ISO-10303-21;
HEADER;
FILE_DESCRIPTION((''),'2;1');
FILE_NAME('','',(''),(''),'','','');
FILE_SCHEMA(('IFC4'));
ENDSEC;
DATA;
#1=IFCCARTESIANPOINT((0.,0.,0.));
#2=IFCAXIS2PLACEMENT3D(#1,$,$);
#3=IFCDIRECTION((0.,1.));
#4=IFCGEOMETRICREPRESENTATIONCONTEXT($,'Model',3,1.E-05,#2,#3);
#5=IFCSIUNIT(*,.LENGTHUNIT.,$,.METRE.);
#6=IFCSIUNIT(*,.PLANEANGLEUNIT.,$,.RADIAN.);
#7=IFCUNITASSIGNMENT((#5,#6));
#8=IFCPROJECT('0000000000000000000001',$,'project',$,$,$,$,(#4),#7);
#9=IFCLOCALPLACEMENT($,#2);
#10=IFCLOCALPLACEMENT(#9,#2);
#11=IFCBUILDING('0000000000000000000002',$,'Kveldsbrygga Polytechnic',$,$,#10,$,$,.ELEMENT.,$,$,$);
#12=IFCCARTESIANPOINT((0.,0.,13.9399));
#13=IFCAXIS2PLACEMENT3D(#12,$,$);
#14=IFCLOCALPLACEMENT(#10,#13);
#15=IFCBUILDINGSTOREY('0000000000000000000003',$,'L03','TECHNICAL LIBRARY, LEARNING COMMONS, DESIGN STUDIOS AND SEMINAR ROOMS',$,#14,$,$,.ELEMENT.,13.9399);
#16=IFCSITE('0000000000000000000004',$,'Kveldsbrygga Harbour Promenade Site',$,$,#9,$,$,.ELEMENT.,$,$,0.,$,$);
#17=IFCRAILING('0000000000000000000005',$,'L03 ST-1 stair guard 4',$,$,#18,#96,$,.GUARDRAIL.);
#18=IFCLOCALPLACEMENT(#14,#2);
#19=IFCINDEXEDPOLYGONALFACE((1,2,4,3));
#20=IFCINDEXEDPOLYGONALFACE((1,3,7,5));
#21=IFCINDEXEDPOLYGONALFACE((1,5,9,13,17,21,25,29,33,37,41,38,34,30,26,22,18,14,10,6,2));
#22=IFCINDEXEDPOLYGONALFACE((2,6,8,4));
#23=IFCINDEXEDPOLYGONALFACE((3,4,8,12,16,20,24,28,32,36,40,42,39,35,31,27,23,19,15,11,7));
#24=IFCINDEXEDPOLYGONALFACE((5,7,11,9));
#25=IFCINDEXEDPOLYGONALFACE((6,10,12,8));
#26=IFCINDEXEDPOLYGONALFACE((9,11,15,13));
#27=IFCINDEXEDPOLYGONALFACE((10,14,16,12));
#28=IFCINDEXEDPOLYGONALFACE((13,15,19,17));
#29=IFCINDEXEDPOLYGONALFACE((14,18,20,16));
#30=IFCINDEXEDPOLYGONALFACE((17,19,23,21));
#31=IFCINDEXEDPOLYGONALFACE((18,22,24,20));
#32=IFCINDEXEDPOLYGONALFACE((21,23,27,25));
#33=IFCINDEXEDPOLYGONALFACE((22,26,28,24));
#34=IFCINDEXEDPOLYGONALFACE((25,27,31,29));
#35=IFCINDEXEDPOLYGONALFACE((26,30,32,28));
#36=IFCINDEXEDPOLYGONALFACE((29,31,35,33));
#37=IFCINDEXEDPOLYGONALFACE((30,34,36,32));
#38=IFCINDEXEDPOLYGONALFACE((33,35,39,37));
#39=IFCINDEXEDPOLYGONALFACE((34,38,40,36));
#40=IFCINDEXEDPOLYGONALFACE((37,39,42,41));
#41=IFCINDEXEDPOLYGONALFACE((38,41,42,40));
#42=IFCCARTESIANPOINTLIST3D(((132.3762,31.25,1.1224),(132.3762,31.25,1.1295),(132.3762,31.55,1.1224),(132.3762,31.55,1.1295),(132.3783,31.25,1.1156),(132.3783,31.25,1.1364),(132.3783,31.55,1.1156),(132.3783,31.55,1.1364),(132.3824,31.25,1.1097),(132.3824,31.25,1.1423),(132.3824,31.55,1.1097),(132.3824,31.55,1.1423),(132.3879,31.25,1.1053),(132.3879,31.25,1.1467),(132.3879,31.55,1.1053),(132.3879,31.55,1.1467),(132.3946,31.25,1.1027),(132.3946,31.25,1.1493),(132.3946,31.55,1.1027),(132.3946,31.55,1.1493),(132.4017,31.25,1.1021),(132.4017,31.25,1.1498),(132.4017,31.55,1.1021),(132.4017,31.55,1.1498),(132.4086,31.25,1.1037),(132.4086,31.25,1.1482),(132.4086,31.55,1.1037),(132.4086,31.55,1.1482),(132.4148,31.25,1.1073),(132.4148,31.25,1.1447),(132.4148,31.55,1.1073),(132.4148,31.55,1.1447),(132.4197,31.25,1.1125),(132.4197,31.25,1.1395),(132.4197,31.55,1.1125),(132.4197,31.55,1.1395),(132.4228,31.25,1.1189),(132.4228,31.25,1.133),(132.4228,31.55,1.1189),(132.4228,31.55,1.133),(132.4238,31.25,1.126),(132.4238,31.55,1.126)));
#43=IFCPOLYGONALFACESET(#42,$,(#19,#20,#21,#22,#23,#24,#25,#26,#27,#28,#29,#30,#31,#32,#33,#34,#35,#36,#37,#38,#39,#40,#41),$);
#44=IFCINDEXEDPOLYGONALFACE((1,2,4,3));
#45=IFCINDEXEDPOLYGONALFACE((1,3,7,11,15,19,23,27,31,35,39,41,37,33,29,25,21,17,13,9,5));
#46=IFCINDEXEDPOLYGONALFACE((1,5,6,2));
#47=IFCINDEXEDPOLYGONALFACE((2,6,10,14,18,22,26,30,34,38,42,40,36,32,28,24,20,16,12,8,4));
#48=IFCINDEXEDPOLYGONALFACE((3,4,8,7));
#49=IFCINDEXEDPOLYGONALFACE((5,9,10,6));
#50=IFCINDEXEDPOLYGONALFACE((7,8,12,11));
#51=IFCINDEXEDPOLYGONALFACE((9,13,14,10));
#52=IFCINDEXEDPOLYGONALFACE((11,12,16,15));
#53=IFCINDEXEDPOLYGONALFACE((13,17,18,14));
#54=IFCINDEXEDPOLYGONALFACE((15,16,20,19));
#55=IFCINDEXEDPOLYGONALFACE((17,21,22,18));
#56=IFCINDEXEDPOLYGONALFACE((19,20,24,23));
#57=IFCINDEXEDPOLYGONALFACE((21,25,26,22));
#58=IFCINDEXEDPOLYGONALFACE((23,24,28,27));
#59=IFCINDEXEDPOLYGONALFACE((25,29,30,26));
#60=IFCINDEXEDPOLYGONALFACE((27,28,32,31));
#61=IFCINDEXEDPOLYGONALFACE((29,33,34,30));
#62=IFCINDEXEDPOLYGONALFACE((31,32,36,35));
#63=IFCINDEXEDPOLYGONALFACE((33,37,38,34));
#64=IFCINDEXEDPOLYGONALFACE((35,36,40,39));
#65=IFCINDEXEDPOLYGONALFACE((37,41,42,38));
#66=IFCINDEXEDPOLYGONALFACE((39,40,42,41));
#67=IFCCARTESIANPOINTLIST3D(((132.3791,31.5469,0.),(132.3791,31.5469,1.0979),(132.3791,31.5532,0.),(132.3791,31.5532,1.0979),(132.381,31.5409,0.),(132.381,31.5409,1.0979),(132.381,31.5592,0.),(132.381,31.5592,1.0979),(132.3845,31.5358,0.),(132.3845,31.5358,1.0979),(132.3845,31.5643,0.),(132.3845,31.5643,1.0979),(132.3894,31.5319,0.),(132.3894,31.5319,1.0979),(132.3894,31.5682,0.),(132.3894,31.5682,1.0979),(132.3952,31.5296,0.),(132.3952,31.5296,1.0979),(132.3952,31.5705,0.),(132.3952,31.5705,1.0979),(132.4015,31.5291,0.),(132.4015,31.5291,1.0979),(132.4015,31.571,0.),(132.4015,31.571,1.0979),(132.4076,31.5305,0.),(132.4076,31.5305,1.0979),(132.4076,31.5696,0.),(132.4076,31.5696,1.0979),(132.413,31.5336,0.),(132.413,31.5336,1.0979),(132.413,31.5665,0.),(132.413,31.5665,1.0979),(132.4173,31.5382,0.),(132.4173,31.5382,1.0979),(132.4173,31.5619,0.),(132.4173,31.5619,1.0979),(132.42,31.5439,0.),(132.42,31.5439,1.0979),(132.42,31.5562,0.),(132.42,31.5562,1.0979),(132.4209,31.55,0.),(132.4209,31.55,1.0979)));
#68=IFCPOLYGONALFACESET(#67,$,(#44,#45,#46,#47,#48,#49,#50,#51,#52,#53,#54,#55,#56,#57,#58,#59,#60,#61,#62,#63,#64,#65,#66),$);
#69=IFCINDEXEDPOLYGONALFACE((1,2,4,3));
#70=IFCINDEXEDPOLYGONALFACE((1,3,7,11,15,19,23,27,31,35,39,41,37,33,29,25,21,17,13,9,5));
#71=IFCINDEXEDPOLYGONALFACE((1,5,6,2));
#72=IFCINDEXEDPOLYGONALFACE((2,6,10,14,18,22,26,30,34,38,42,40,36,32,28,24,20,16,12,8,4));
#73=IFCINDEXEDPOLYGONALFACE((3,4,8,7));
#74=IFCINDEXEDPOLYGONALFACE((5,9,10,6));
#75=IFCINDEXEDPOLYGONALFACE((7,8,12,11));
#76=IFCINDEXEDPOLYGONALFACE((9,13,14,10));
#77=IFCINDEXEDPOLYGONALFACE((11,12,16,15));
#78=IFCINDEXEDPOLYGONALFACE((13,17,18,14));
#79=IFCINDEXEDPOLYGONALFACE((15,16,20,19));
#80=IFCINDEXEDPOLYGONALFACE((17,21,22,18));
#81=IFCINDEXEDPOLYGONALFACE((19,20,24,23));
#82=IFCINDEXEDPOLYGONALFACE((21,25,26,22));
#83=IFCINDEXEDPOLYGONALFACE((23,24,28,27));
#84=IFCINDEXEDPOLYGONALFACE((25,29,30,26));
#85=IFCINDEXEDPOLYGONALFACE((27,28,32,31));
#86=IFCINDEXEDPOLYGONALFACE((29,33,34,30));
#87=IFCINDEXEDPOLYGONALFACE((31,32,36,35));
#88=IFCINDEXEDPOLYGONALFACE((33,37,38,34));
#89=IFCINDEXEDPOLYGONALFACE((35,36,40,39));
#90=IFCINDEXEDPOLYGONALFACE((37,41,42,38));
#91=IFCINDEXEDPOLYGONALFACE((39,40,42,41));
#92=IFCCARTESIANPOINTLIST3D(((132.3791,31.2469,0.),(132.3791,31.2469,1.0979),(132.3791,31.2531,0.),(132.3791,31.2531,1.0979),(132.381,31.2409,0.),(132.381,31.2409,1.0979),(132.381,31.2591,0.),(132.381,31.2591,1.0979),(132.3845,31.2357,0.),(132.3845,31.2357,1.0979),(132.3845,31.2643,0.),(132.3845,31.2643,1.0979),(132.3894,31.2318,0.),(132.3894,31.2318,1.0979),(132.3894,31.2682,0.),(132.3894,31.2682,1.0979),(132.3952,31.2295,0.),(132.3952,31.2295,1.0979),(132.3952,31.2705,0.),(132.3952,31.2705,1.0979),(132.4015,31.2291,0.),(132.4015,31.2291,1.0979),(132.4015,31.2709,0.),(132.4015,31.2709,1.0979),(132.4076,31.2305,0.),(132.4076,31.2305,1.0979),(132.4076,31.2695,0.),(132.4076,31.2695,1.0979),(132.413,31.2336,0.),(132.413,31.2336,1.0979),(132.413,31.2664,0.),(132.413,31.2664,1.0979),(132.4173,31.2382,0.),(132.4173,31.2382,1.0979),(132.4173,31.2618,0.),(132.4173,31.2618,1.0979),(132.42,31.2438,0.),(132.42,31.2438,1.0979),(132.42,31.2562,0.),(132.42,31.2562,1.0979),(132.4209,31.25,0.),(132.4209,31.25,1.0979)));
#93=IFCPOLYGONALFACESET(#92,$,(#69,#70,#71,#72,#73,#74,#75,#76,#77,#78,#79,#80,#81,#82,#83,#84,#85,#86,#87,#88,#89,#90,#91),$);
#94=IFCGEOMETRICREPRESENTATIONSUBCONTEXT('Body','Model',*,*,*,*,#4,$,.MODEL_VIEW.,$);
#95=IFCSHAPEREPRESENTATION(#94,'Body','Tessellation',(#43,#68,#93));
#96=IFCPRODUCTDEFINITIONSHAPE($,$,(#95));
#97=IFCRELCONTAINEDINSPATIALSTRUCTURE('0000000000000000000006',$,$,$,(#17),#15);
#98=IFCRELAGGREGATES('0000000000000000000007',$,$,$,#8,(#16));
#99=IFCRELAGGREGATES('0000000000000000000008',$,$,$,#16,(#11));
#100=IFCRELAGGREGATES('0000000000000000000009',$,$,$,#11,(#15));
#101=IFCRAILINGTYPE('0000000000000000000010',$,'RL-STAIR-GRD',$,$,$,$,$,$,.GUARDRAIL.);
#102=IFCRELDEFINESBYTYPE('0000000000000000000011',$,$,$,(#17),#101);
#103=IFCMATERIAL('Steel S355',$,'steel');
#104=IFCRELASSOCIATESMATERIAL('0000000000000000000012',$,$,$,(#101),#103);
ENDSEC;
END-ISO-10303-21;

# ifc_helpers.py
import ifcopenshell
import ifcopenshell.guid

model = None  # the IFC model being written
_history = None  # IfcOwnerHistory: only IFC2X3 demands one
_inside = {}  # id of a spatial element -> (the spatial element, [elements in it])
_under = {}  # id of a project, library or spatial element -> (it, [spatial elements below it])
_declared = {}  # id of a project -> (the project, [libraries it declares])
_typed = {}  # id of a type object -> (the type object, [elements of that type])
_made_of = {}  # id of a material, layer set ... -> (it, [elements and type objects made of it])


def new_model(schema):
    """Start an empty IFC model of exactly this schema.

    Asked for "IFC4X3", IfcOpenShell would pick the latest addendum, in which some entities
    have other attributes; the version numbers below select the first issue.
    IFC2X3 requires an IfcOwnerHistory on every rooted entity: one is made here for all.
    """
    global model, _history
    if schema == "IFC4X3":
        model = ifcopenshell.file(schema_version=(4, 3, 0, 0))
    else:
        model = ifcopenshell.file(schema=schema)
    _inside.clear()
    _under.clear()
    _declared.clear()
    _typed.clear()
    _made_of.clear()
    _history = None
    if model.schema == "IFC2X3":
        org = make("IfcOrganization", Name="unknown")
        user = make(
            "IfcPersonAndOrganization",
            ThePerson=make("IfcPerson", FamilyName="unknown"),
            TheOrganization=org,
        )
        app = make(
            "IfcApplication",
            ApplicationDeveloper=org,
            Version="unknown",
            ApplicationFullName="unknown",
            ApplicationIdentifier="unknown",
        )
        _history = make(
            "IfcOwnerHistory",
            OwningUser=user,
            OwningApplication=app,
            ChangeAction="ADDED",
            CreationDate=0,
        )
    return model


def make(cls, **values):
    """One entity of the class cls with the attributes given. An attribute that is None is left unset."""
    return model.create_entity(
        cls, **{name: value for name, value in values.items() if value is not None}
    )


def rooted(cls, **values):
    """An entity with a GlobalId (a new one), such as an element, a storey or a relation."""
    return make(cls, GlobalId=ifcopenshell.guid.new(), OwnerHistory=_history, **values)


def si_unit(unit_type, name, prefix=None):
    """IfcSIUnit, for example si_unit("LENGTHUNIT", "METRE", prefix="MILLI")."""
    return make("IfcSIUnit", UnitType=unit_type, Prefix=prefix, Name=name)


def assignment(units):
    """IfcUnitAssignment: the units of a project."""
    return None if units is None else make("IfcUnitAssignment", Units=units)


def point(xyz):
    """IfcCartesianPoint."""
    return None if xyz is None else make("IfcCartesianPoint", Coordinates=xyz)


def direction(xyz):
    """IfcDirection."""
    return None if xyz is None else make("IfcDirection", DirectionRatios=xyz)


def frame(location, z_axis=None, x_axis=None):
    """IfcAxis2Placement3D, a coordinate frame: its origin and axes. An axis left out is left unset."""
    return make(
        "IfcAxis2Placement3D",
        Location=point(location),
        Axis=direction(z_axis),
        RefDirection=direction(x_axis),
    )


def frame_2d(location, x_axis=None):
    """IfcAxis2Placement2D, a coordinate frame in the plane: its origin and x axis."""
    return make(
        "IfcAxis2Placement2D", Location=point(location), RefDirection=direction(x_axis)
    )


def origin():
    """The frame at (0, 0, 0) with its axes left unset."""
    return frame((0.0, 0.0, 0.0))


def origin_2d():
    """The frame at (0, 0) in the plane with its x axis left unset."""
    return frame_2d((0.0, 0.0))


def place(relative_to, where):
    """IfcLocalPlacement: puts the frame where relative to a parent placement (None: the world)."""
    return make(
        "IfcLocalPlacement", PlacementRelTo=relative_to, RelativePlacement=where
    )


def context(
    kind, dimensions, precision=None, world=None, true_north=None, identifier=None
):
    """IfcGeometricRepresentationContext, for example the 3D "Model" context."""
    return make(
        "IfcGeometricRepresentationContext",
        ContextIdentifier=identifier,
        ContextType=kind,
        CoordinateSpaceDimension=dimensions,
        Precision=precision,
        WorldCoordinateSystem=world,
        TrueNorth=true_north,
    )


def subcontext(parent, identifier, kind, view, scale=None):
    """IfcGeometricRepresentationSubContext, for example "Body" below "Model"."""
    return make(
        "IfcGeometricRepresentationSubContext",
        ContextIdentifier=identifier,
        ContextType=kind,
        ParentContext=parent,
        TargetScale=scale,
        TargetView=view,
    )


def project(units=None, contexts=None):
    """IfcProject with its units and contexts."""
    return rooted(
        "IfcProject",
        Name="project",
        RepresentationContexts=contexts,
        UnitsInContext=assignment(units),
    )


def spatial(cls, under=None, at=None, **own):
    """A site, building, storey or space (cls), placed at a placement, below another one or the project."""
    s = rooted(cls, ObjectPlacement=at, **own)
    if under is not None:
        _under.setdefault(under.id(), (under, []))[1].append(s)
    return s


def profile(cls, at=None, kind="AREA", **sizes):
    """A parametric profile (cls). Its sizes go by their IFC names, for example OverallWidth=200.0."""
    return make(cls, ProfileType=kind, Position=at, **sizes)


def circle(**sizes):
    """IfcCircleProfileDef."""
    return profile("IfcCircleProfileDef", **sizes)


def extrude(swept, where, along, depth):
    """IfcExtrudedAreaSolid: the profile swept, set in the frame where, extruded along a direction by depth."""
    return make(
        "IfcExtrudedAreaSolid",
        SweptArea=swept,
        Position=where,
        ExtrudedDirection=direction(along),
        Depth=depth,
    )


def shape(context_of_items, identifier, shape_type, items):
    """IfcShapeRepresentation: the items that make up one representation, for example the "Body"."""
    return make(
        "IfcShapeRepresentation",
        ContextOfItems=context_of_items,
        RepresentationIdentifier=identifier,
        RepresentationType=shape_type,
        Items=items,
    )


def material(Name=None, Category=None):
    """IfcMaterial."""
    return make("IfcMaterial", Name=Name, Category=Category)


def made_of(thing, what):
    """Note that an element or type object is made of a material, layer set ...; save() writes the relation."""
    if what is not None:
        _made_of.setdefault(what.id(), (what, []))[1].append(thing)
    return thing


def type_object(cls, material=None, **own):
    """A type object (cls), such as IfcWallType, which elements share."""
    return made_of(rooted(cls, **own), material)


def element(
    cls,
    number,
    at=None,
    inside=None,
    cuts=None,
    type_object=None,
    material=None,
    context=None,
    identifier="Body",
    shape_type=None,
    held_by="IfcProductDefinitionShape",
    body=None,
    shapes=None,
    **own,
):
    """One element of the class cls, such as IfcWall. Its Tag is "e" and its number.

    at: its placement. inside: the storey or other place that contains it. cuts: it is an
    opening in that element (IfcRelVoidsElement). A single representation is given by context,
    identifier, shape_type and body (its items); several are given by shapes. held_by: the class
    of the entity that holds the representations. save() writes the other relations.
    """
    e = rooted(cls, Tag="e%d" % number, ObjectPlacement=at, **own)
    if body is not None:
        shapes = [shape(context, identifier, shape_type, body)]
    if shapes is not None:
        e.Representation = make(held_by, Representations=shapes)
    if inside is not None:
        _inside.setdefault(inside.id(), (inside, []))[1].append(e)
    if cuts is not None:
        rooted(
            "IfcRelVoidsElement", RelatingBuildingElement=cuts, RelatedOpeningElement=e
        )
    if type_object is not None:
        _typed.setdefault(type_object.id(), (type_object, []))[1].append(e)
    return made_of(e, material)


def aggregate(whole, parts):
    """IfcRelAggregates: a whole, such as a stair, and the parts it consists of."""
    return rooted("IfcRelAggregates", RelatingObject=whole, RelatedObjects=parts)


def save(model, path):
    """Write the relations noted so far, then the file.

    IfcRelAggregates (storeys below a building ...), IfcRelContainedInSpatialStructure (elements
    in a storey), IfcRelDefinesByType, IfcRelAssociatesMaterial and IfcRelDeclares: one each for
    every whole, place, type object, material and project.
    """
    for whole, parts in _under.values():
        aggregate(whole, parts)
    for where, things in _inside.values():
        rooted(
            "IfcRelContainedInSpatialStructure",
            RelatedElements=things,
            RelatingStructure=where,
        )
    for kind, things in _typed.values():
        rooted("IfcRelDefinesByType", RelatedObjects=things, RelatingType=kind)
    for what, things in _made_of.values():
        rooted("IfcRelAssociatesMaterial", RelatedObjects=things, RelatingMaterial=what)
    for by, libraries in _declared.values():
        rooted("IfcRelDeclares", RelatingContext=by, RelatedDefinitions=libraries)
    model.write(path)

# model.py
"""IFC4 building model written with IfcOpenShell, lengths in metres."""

from ifc_helpers import new_model, si_unit, direction, frame, origin, origin_2d, place, context, subcontext, project, spatial, circle, extrude, material, type_object, element, save


model = new_model("IFC4")

# Units and contexts
model_context = context("Model", 3, precision=1e-05, world=origin(), true_north=direction((0.0, 1.0)))
body_context = subcontext(model_context, "Body", "Model", "MODEL_VIEW")
ifc_project = project(units=[si_unit("LENGTHUNIT", "METRE"), si_unit("PLANEANGLEUNIT", "RADIAN")], contexts=[model_context])

# Site, building, storey
site_placement = place(None, origin())
site = spatial("IfcSite", under=ifc_project, at=site_placement, Name="Kveldsbrygga Harbour Promenade Site", CompositionType="ELEMENT", RefElevation=0.0)
building_placement = place(site_placement, origin())
building = spatial("IfcBuilding", under=site, at=building_placement, Name="Kveldsbrygga Polytechnic", CompositionType="ELEMENT")
storey_placement = place(building_placement, frame((0.0, 0.0, 13.9399)))
storey = spatial("IfcBuildingStorey", under=building, at=storey_placement, Name="L03", Description="TECHNICAL LIBRARY, LEARNING COMMONS, DESIGN STUDIOS AND SEMINAR ROOMS", CompositionType="ELEMENT", Elevation=13.9399)

# Railing
ifc_material_1 = material(Name="Steel S355", Category="steel")
railing_type_1 = type_object("IfcRailingType", Name="RL-STAIR-GRD", PredefinedType="GUARDRAIL", material=ifc_material_1)
railing_1_placement = place(storey_placement, frame((132.3999, 31.55, 0.0)))
element("IfcRailing", 1, at=railing_1_placement, inside=storey, type_object=railing_type_1, Name="L03 ST-1 stair guard 4", PredefinedType="GUARDRAIL", context=body_context, shape_type="SweptSolid", body=[
    extrude(circle(Radius=0.0239, at=origin_2d()), frame((0.0, 0.0, 1.126), z_axis=(0.0, -1.0, 0.0), x_axis=(1.0, 0.0, 0.0)), (0.0, 0.0, 1.0), 0.3),
    extrude(circle(Radius=0.021, at=origin_2d()), origin(), (0.0, 0.0, 1.0), 1.0979),
    extrude(circle(Radius=0.021, at=origin_2d()), frame((0.0, -0.3, 0.0)), (0.0, 0.0, 1.0), 1.0979),
])

save(model, "model.ifc")
